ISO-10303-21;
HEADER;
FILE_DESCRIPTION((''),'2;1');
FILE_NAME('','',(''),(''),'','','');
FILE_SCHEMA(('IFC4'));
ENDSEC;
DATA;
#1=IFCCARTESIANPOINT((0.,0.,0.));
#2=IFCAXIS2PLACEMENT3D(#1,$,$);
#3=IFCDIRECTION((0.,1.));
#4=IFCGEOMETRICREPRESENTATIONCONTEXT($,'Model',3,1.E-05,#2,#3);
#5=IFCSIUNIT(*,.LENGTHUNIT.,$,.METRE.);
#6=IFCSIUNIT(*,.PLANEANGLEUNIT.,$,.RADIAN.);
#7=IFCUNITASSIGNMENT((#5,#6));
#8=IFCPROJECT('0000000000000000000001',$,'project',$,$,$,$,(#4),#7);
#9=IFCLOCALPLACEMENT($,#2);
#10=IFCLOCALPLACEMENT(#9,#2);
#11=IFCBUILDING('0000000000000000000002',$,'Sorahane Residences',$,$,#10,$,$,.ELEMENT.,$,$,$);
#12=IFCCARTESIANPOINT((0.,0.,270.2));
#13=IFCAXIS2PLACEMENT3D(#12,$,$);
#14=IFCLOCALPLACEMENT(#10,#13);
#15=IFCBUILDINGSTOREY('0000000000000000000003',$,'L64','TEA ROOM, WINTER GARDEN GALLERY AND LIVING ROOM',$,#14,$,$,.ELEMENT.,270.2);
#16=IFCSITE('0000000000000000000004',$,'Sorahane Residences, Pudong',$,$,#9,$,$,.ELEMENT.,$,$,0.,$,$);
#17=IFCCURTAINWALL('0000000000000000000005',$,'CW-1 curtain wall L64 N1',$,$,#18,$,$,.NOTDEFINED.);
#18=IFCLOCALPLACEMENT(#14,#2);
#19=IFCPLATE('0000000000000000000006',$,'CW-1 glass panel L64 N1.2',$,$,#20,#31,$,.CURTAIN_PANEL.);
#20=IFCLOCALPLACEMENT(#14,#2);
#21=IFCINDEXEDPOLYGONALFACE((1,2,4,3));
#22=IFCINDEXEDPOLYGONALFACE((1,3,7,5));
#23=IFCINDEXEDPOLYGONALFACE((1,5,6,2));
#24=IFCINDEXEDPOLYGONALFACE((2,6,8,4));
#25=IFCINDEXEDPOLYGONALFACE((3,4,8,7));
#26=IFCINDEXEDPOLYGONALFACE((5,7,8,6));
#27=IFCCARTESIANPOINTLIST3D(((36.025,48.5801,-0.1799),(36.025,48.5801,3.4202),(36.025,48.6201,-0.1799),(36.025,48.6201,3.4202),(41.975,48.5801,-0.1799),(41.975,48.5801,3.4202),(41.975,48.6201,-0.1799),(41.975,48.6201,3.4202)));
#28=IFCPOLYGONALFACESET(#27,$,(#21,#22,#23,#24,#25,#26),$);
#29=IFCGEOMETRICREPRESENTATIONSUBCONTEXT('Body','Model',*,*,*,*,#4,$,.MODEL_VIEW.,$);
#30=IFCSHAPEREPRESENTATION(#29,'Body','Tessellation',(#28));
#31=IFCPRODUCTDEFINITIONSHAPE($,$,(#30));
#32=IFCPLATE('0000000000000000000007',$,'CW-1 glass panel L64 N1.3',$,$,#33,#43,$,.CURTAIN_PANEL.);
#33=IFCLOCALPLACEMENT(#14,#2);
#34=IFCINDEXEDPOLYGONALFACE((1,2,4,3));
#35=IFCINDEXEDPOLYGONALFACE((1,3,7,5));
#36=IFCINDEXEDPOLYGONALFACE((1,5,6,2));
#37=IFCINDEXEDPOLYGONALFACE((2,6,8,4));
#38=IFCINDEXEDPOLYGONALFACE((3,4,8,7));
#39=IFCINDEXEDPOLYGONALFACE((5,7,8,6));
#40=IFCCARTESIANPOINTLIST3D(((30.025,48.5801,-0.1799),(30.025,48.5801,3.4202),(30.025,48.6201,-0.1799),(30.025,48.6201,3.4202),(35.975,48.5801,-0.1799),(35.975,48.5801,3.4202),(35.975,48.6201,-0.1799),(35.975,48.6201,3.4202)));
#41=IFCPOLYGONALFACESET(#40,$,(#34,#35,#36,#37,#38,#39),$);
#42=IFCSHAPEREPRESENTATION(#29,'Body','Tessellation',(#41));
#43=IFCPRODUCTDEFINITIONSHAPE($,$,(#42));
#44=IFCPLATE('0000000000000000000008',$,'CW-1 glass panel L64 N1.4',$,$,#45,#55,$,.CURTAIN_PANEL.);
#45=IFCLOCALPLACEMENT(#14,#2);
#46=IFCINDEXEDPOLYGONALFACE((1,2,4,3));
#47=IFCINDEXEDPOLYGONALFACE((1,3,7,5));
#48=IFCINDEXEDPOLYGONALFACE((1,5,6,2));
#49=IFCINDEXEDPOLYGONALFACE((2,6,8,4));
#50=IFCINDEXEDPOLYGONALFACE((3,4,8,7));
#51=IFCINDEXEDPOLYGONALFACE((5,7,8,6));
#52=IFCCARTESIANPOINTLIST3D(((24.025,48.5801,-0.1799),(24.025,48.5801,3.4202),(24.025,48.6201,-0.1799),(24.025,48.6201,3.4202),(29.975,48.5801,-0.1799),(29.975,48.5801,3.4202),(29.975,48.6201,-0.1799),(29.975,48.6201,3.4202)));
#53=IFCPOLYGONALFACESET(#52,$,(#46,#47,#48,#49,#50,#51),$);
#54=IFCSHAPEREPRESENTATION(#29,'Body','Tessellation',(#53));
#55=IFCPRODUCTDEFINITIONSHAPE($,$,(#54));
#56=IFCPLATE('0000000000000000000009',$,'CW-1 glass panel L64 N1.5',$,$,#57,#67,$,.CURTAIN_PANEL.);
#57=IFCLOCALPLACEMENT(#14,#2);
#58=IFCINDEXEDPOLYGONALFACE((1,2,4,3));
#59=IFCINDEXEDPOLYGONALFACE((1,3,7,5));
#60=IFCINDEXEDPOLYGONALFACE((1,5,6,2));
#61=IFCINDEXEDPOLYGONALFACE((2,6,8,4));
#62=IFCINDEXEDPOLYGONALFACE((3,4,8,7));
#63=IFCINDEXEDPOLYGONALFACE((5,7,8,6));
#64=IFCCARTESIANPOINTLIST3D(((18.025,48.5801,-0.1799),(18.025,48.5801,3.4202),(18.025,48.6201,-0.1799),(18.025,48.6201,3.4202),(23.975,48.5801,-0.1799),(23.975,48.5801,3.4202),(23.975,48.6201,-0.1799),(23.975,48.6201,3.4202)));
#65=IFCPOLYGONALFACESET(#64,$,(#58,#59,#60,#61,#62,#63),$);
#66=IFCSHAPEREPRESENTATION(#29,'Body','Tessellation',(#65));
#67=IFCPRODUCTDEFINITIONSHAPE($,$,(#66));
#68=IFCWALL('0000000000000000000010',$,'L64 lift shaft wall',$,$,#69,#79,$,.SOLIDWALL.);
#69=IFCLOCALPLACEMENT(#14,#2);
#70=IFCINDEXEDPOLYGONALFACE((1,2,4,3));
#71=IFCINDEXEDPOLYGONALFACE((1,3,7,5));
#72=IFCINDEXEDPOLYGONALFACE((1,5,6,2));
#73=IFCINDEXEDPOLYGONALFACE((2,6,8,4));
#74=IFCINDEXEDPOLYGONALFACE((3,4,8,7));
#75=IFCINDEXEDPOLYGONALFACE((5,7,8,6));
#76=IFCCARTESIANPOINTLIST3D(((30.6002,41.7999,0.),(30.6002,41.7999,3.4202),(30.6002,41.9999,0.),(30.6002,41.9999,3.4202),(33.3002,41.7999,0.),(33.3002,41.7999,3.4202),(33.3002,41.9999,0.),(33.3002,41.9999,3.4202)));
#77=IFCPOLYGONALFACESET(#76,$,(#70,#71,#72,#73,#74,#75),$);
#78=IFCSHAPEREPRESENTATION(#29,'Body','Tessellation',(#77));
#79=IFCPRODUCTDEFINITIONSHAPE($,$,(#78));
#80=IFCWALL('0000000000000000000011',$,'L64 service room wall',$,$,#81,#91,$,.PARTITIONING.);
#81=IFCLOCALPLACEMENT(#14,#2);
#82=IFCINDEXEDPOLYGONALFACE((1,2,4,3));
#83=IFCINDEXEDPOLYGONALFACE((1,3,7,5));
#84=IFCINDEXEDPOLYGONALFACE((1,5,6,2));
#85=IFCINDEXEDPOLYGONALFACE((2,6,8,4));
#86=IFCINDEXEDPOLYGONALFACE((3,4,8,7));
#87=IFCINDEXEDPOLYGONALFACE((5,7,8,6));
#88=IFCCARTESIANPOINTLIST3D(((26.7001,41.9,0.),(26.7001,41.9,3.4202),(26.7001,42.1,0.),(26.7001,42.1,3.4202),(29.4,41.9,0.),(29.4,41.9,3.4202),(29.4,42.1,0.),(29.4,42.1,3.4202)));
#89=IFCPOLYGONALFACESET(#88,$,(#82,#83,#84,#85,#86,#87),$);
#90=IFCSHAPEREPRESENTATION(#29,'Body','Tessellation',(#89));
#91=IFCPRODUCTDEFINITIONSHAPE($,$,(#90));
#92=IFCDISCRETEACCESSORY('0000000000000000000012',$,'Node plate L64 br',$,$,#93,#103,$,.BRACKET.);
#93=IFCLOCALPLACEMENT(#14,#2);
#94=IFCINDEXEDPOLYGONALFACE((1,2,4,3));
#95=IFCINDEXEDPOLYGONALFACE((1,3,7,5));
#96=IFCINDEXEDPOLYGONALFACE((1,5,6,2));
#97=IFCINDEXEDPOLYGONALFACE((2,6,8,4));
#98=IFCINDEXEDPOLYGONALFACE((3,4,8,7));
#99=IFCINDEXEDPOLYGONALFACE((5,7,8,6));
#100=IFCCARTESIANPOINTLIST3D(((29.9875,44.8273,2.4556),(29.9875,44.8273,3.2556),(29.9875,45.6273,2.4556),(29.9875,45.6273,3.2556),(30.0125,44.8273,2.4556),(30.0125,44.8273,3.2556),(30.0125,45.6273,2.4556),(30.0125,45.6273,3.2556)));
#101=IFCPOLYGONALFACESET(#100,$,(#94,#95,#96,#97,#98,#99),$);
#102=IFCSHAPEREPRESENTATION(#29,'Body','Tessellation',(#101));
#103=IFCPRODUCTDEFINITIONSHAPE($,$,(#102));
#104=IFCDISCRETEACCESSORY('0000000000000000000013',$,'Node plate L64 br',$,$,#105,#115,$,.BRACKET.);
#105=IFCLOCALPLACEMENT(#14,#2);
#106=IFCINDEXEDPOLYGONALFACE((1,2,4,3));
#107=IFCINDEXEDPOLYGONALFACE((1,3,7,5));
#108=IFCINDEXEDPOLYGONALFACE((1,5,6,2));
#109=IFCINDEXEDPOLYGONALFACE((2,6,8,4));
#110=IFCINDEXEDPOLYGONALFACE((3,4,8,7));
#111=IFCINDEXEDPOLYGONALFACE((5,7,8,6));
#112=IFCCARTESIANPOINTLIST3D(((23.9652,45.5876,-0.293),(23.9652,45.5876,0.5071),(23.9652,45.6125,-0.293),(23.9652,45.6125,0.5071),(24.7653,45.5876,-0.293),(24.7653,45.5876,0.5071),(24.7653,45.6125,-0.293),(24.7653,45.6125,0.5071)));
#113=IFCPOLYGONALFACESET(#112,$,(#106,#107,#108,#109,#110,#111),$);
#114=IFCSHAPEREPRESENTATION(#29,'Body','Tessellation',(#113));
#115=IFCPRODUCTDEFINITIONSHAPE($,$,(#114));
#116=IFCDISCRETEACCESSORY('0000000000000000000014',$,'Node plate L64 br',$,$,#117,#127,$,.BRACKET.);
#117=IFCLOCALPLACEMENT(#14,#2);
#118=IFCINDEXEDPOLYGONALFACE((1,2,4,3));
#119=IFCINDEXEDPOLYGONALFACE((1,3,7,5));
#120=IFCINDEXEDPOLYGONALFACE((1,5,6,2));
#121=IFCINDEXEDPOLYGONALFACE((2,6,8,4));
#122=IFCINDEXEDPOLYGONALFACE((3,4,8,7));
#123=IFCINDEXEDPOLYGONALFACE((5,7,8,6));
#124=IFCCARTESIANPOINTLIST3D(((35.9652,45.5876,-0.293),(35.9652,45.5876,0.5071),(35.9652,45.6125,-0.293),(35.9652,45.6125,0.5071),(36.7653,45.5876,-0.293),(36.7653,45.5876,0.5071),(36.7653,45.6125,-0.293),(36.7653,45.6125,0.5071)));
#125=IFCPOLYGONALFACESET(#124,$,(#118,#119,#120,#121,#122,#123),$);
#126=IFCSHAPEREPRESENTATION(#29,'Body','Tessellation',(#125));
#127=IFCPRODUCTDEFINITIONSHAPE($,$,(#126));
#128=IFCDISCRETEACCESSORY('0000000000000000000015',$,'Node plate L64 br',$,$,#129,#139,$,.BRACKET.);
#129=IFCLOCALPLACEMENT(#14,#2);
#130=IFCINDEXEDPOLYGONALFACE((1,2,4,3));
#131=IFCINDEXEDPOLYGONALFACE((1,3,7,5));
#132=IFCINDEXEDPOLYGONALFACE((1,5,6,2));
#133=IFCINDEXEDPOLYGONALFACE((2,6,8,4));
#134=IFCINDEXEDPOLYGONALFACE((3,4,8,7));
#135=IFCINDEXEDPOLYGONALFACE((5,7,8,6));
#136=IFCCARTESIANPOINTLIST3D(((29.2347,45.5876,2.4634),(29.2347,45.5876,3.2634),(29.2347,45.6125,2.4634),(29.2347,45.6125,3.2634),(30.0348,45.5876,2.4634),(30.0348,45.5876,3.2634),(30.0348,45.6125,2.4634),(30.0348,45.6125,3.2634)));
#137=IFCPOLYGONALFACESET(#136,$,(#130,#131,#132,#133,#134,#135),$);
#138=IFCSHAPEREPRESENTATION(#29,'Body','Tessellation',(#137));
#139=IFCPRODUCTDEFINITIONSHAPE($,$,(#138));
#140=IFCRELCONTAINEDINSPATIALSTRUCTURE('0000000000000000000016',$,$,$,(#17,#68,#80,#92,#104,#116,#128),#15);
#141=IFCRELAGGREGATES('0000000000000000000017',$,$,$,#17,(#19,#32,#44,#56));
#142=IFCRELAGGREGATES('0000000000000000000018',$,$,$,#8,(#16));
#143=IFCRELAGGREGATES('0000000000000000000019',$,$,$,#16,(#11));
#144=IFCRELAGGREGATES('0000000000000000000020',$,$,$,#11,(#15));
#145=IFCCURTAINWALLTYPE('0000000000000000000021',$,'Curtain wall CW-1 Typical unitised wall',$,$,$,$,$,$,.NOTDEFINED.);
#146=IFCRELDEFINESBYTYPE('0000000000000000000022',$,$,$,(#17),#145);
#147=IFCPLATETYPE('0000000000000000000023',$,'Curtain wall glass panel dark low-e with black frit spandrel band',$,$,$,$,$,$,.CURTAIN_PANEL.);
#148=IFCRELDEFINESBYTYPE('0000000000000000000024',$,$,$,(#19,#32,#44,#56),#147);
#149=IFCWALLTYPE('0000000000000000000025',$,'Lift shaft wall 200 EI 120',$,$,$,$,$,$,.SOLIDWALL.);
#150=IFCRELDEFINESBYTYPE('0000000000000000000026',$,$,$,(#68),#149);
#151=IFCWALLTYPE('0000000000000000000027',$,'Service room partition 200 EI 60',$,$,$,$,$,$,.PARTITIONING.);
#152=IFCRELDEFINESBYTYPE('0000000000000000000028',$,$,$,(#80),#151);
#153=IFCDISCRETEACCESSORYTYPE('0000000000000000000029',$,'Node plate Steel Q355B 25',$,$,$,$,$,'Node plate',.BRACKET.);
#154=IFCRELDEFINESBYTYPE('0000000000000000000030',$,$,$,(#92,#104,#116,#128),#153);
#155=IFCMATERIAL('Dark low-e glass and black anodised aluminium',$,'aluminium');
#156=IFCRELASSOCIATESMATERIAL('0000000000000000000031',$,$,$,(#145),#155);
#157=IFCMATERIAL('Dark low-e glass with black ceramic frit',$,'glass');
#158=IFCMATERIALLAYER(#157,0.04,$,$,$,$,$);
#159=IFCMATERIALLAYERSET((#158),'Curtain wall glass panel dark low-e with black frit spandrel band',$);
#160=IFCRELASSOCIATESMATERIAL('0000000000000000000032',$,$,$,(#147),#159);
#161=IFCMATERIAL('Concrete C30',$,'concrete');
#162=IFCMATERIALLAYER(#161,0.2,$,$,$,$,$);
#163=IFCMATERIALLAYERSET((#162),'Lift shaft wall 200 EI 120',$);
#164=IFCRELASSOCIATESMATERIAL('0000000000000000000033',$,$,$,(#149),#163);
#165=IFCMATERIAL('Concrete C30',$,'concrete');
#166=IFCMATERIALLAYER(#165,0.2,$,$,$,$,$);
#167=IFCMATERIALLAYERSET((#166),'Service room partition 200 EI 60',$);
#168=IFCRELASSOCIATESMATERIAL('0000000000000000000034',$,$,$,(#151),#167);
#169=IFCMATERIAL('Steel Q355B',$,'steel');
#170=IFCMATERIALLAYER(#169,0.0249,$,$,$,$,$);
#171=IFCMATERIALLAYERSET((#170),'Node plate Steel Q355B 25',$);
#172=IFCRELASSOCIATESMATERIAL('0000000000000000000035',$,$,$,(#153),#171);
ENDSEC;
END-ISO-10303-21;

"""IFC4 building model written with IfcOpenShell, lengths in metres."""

from ifc_helpers import new_model, si_unit, direction, frame, frame_2d, origin, origin_2d, place, context, subcontext, project, spatial, rectangle, extrude, material, layer, layer_set, type_object, element, aggregate, save


model = new_model("IFC4")

# Units and contexts
model_context = context("Model", 3, precision=1e-05, world=origin(), true_north=direction((0.0, 1.0)))
body_context = subcontext(model_context, "Body", "Model", "MODEL_VIEW")
ifc_project = project(units=[si_unit("LENGTHUNIT", "METRE"), si_unit("PLANEANGLEUNIT", "RADIAN")], contexts=[model_context])

# Site, building, storey
site_placement = place(None, origin())
site = spatial("IfcSite", under=ifc_project, at=site_placement, Name="Sorahane Residences, Pudong", CompositionType="ELEMENT", RefElevation=0.0)
building_placement = place(site_placement, origin())
building = spatial("IfcBuilding", under=site, at=building_placement, Name="Sorahane Residences", CompositionType="ELEMENT")
storey_placement = place(building_placement, frame((0.0, 0.0, 270.2)))
storey = spatial("IfcBuildingStorey", under=building, at=storey_placement, Name="L64", Description="TEA ROOM, WINTER GARDEN GALLERY AND LIVING ROOM", CompositionType="ELEMENT", Elevation=270.2)

# Curtain wall
ifc_material_1 = material(Name="Dark low-e glass and black anodised aluminium", Category="aluminium")
curtain_wall_type = type_object("IfcCurtainWallType", Name="Curtain wall CW-1 Typical unitised wall", PredefinedType="NOTDEFINED", material=ifc_material_1)
curtain_wall_placement = place(storey_placement, origin())
curtain_wall = element("IfcCurtainWall", 1, at=curtain_wall_placement, inside=storey, type_object=curtain_wall_type, Name="CW-1 curtain wall L64 N1", PredefinedType="NOTDEFINED")

# Plates
ifc_material_2 = material(Name="Dark low-e glass with black ceramic frit", Category="glass")
ifc_layer_1 = layer(ifc_material_2, 0.04)
ifc_layer_set_1 = layer_set([ifc_layer_1], Name="Curtain wall glass panel dark low-e with black frit spandrel band")
plate_type = type_object("IfcPlateType", Name="Curtain wall glass panel dark low-e with black frit spandrel band", PredefinedType="CURTAIN_PANEL", material=ifc_layer_set_1)
plate_1_placement = place(storey_placement, frame((39.0, 48.6001, -0.1799), z_axis=(0.0, 0.0, 1.0), x_axis=(-1.0, 0.0, 0.0)))
plate_1 = element("IfcPlate", 2, at=plate_1_placement, type_object=plate_type, Name="CW-1 glass panel L64 N1.2", PredefinedType="CURTAIN_PANEL", context=body_context, shape_type="SweptSolid", body=[
    extrude(rectangle(XDim=5.95, YDim=0.04, at=origin_2d()), origin(), (0.0, 0.0, 1.0), 3.6001),
])
plate_2_placement = place(storey_placement, frame((33.0, 48.6001, -0.1799), z_axis=(0.0, 0.0, 1.0), x_axis=(-1.0, 0.0, 0.0)))
plate_2 = element("IfcPlate", 3, at=plate_2_placement, type_object=plate_type, Name="CW-1 glass panel L64 N1.3", PredefinedType="CURTAIN_PANEL", context=body_context, shape_type="SweptSolid", body=[
    extrude(rectangle(XDim=5.95, YDim=0.04, at=origin_2d()), origin(), (0.0, 0.0, 1.0), 3.6001),
])
plate_3_placement = place(storey_placement, frame((27.0, 48.6001, -0.1799), z_axis=(0.0, 0.0, 1.0), x_axis=(-1.0, 0.0, 0.0)))
plate_3 = element("IfcPlate", 4, at=plate_3_placement, type_object=plate_type, Name="CW-1 glass panel L64 N1.4", PredefinedType="CURTAIN_PANEL", context=body_context, shape_type="SweptSolid", body=[
    extrude(rectangle(XDim=5.95, YDim=0.04, at=origin_2d()), origin(), (0.0, 0.0, 1.0), 3.6001),
])
plate_4_placement = place(storey_placement, frame((21.0, 48.6001, -0.1799), z_axis=(0.0, 0.0, 1.0), x_axis=(-1.0, 0.0, 0.0)))
plate_4 = element("IfcPlate", 5, at=plate_4_placement, type_object=plate_type, Name="CW-1 glass panel L64 N1.5", PredefinedType="CURTAIN_PANEL", context=body_context, shape_type="SweptSolid", body=[
    extrude(rectangle(XDim=5.95, YDim=0.04, at=origin_2d()), origin(), (0.0, 0.0, 1.0), 3.6001),
])
aggregate(curtain_wall, [plate_1, plate_2, plate_3, plate_4])

# Walls
ifc_material_3 = material(Name="Concrete C30", Category="concrete")
ifc_layer_2 = layer(ifc_material_3, 0.2)
ifc_layer_set_2 = layer_set([ifc_layer_2], Name="Lift shaft wall 200 EI 120")
wall_type_1 = type_object("IfcWallType", Name="Lift shaft wall 200 EI 120", PredefinedType="SOLIDWALL", material=ifc_layer_set_2)
wall_1_placement = place(storey_placement, frame((30.6001, 41.8999, 0.0), z_axis=(0.0, 0.0, 1.0), x_axis=(1.0, 0.0, 0.0)))
element("IfcWall", 6, at=wall_1_placement, inside=storey, type_object=wall_type_1, Name="L64 lift shaft wall", PredefinedType="SOLIDWALL", context=body_context, shape_type="SweptSolid", body=[
    extrude(rectangle(XDim=2.7, YDim=0.2, at=frame_2d((1.3501, 0.0))), origin(), (0.0, 0.0, 1.0), 3.4202),
])
ifc_material_4 = material(Name="Concrete C30", Category="concrete")
ifc_layer_3 = layer(ifc_material_4, 0.2)
ifc_layer_set_3 = layer_set([ifc_layer_3], Name="Service room partition 200 EI 60")
wall_type_2 = type_object("IfcWallType", Name="Service room partition 200 EI 60", PredefinedType="PARTITIONING", material=ifc_layer_set_3)
wall_2_placement = place(storey_placement, frame((26.7, 42.0, 0.0), z_axis=(0.0, 0.0, 1.0), x_axis=(1.0, 0.0, 0.0)))
element("IfcWall", 7, at=wall_2_placement, inside=storey, type_object=wall_type_2, Name="L64 service room wall", PredefinedType="PARTITIONING", context=body_context, shape_type="SweptSolid", body=[
    extrude(rectangle(XDim=2.7, YDim=0.2, at=frame_2d((1.3501, 0.0))), origin(), (0.0, 0.0, 1.0), 3.4202),
])

# Discrete accessories
ifc_material_5 = material(Name="Steel Q355B", Category="steel")
ifc_layer_4 = layer(ifc_material_5, 0.0249)
ifc_layer_set_4 = layer_set([ifc_layer_4], Name="Node plate Steel Q355B 25")
discrete_accessory_type = type_object("IfcDiscreteAccessoryType", Name="Node plate Steel Q355B 25", ElementType="Node plate", PredefinedType="BRACKET", material=ifc_layer_set_4)
for number, where, z_axis, x_axis, name in (
    (8, (30.0, 45.2273, 2.4556), (0.0, 0.0, 1.0), (0.0, 1.0, 0.0), "Node plate L64 br"),
    (9, (24.3652, 45.6001, -0.293), (0.0, 0.0, 1.0), (1.0, 0.0, 0.0), "Node plate L64 br"),
    (10, (36.3652, 45.6001, -0.293), (0.0, 0.0, 1.0), (1.0, 0.0, 0.0), "Node plate L64 br"),
    (11, (29.6348, 45.6001, 2.4634), (0.0, 0.0, 1.0), (1.0, 0.0, 0.0), "Node plate L64 br"),
):
    element("IfcDiscreteAccessory", number, at=place(storey_placement, frame(where, z_axis=z_axis, x_axis=x_axis)), inside=storey, type_object=discrete_accessory_type, Name=name, PredefinedType="BRACKET", context=body_context, shape_type="SweptSolid", body=[
        extrude(rectangle(XDim=0.8, YDim=0.0249, at=origin_2d()), origin(), (0.0, 0.0, 1.0), 0.8),
    ])

save(model, "model.ifc")
